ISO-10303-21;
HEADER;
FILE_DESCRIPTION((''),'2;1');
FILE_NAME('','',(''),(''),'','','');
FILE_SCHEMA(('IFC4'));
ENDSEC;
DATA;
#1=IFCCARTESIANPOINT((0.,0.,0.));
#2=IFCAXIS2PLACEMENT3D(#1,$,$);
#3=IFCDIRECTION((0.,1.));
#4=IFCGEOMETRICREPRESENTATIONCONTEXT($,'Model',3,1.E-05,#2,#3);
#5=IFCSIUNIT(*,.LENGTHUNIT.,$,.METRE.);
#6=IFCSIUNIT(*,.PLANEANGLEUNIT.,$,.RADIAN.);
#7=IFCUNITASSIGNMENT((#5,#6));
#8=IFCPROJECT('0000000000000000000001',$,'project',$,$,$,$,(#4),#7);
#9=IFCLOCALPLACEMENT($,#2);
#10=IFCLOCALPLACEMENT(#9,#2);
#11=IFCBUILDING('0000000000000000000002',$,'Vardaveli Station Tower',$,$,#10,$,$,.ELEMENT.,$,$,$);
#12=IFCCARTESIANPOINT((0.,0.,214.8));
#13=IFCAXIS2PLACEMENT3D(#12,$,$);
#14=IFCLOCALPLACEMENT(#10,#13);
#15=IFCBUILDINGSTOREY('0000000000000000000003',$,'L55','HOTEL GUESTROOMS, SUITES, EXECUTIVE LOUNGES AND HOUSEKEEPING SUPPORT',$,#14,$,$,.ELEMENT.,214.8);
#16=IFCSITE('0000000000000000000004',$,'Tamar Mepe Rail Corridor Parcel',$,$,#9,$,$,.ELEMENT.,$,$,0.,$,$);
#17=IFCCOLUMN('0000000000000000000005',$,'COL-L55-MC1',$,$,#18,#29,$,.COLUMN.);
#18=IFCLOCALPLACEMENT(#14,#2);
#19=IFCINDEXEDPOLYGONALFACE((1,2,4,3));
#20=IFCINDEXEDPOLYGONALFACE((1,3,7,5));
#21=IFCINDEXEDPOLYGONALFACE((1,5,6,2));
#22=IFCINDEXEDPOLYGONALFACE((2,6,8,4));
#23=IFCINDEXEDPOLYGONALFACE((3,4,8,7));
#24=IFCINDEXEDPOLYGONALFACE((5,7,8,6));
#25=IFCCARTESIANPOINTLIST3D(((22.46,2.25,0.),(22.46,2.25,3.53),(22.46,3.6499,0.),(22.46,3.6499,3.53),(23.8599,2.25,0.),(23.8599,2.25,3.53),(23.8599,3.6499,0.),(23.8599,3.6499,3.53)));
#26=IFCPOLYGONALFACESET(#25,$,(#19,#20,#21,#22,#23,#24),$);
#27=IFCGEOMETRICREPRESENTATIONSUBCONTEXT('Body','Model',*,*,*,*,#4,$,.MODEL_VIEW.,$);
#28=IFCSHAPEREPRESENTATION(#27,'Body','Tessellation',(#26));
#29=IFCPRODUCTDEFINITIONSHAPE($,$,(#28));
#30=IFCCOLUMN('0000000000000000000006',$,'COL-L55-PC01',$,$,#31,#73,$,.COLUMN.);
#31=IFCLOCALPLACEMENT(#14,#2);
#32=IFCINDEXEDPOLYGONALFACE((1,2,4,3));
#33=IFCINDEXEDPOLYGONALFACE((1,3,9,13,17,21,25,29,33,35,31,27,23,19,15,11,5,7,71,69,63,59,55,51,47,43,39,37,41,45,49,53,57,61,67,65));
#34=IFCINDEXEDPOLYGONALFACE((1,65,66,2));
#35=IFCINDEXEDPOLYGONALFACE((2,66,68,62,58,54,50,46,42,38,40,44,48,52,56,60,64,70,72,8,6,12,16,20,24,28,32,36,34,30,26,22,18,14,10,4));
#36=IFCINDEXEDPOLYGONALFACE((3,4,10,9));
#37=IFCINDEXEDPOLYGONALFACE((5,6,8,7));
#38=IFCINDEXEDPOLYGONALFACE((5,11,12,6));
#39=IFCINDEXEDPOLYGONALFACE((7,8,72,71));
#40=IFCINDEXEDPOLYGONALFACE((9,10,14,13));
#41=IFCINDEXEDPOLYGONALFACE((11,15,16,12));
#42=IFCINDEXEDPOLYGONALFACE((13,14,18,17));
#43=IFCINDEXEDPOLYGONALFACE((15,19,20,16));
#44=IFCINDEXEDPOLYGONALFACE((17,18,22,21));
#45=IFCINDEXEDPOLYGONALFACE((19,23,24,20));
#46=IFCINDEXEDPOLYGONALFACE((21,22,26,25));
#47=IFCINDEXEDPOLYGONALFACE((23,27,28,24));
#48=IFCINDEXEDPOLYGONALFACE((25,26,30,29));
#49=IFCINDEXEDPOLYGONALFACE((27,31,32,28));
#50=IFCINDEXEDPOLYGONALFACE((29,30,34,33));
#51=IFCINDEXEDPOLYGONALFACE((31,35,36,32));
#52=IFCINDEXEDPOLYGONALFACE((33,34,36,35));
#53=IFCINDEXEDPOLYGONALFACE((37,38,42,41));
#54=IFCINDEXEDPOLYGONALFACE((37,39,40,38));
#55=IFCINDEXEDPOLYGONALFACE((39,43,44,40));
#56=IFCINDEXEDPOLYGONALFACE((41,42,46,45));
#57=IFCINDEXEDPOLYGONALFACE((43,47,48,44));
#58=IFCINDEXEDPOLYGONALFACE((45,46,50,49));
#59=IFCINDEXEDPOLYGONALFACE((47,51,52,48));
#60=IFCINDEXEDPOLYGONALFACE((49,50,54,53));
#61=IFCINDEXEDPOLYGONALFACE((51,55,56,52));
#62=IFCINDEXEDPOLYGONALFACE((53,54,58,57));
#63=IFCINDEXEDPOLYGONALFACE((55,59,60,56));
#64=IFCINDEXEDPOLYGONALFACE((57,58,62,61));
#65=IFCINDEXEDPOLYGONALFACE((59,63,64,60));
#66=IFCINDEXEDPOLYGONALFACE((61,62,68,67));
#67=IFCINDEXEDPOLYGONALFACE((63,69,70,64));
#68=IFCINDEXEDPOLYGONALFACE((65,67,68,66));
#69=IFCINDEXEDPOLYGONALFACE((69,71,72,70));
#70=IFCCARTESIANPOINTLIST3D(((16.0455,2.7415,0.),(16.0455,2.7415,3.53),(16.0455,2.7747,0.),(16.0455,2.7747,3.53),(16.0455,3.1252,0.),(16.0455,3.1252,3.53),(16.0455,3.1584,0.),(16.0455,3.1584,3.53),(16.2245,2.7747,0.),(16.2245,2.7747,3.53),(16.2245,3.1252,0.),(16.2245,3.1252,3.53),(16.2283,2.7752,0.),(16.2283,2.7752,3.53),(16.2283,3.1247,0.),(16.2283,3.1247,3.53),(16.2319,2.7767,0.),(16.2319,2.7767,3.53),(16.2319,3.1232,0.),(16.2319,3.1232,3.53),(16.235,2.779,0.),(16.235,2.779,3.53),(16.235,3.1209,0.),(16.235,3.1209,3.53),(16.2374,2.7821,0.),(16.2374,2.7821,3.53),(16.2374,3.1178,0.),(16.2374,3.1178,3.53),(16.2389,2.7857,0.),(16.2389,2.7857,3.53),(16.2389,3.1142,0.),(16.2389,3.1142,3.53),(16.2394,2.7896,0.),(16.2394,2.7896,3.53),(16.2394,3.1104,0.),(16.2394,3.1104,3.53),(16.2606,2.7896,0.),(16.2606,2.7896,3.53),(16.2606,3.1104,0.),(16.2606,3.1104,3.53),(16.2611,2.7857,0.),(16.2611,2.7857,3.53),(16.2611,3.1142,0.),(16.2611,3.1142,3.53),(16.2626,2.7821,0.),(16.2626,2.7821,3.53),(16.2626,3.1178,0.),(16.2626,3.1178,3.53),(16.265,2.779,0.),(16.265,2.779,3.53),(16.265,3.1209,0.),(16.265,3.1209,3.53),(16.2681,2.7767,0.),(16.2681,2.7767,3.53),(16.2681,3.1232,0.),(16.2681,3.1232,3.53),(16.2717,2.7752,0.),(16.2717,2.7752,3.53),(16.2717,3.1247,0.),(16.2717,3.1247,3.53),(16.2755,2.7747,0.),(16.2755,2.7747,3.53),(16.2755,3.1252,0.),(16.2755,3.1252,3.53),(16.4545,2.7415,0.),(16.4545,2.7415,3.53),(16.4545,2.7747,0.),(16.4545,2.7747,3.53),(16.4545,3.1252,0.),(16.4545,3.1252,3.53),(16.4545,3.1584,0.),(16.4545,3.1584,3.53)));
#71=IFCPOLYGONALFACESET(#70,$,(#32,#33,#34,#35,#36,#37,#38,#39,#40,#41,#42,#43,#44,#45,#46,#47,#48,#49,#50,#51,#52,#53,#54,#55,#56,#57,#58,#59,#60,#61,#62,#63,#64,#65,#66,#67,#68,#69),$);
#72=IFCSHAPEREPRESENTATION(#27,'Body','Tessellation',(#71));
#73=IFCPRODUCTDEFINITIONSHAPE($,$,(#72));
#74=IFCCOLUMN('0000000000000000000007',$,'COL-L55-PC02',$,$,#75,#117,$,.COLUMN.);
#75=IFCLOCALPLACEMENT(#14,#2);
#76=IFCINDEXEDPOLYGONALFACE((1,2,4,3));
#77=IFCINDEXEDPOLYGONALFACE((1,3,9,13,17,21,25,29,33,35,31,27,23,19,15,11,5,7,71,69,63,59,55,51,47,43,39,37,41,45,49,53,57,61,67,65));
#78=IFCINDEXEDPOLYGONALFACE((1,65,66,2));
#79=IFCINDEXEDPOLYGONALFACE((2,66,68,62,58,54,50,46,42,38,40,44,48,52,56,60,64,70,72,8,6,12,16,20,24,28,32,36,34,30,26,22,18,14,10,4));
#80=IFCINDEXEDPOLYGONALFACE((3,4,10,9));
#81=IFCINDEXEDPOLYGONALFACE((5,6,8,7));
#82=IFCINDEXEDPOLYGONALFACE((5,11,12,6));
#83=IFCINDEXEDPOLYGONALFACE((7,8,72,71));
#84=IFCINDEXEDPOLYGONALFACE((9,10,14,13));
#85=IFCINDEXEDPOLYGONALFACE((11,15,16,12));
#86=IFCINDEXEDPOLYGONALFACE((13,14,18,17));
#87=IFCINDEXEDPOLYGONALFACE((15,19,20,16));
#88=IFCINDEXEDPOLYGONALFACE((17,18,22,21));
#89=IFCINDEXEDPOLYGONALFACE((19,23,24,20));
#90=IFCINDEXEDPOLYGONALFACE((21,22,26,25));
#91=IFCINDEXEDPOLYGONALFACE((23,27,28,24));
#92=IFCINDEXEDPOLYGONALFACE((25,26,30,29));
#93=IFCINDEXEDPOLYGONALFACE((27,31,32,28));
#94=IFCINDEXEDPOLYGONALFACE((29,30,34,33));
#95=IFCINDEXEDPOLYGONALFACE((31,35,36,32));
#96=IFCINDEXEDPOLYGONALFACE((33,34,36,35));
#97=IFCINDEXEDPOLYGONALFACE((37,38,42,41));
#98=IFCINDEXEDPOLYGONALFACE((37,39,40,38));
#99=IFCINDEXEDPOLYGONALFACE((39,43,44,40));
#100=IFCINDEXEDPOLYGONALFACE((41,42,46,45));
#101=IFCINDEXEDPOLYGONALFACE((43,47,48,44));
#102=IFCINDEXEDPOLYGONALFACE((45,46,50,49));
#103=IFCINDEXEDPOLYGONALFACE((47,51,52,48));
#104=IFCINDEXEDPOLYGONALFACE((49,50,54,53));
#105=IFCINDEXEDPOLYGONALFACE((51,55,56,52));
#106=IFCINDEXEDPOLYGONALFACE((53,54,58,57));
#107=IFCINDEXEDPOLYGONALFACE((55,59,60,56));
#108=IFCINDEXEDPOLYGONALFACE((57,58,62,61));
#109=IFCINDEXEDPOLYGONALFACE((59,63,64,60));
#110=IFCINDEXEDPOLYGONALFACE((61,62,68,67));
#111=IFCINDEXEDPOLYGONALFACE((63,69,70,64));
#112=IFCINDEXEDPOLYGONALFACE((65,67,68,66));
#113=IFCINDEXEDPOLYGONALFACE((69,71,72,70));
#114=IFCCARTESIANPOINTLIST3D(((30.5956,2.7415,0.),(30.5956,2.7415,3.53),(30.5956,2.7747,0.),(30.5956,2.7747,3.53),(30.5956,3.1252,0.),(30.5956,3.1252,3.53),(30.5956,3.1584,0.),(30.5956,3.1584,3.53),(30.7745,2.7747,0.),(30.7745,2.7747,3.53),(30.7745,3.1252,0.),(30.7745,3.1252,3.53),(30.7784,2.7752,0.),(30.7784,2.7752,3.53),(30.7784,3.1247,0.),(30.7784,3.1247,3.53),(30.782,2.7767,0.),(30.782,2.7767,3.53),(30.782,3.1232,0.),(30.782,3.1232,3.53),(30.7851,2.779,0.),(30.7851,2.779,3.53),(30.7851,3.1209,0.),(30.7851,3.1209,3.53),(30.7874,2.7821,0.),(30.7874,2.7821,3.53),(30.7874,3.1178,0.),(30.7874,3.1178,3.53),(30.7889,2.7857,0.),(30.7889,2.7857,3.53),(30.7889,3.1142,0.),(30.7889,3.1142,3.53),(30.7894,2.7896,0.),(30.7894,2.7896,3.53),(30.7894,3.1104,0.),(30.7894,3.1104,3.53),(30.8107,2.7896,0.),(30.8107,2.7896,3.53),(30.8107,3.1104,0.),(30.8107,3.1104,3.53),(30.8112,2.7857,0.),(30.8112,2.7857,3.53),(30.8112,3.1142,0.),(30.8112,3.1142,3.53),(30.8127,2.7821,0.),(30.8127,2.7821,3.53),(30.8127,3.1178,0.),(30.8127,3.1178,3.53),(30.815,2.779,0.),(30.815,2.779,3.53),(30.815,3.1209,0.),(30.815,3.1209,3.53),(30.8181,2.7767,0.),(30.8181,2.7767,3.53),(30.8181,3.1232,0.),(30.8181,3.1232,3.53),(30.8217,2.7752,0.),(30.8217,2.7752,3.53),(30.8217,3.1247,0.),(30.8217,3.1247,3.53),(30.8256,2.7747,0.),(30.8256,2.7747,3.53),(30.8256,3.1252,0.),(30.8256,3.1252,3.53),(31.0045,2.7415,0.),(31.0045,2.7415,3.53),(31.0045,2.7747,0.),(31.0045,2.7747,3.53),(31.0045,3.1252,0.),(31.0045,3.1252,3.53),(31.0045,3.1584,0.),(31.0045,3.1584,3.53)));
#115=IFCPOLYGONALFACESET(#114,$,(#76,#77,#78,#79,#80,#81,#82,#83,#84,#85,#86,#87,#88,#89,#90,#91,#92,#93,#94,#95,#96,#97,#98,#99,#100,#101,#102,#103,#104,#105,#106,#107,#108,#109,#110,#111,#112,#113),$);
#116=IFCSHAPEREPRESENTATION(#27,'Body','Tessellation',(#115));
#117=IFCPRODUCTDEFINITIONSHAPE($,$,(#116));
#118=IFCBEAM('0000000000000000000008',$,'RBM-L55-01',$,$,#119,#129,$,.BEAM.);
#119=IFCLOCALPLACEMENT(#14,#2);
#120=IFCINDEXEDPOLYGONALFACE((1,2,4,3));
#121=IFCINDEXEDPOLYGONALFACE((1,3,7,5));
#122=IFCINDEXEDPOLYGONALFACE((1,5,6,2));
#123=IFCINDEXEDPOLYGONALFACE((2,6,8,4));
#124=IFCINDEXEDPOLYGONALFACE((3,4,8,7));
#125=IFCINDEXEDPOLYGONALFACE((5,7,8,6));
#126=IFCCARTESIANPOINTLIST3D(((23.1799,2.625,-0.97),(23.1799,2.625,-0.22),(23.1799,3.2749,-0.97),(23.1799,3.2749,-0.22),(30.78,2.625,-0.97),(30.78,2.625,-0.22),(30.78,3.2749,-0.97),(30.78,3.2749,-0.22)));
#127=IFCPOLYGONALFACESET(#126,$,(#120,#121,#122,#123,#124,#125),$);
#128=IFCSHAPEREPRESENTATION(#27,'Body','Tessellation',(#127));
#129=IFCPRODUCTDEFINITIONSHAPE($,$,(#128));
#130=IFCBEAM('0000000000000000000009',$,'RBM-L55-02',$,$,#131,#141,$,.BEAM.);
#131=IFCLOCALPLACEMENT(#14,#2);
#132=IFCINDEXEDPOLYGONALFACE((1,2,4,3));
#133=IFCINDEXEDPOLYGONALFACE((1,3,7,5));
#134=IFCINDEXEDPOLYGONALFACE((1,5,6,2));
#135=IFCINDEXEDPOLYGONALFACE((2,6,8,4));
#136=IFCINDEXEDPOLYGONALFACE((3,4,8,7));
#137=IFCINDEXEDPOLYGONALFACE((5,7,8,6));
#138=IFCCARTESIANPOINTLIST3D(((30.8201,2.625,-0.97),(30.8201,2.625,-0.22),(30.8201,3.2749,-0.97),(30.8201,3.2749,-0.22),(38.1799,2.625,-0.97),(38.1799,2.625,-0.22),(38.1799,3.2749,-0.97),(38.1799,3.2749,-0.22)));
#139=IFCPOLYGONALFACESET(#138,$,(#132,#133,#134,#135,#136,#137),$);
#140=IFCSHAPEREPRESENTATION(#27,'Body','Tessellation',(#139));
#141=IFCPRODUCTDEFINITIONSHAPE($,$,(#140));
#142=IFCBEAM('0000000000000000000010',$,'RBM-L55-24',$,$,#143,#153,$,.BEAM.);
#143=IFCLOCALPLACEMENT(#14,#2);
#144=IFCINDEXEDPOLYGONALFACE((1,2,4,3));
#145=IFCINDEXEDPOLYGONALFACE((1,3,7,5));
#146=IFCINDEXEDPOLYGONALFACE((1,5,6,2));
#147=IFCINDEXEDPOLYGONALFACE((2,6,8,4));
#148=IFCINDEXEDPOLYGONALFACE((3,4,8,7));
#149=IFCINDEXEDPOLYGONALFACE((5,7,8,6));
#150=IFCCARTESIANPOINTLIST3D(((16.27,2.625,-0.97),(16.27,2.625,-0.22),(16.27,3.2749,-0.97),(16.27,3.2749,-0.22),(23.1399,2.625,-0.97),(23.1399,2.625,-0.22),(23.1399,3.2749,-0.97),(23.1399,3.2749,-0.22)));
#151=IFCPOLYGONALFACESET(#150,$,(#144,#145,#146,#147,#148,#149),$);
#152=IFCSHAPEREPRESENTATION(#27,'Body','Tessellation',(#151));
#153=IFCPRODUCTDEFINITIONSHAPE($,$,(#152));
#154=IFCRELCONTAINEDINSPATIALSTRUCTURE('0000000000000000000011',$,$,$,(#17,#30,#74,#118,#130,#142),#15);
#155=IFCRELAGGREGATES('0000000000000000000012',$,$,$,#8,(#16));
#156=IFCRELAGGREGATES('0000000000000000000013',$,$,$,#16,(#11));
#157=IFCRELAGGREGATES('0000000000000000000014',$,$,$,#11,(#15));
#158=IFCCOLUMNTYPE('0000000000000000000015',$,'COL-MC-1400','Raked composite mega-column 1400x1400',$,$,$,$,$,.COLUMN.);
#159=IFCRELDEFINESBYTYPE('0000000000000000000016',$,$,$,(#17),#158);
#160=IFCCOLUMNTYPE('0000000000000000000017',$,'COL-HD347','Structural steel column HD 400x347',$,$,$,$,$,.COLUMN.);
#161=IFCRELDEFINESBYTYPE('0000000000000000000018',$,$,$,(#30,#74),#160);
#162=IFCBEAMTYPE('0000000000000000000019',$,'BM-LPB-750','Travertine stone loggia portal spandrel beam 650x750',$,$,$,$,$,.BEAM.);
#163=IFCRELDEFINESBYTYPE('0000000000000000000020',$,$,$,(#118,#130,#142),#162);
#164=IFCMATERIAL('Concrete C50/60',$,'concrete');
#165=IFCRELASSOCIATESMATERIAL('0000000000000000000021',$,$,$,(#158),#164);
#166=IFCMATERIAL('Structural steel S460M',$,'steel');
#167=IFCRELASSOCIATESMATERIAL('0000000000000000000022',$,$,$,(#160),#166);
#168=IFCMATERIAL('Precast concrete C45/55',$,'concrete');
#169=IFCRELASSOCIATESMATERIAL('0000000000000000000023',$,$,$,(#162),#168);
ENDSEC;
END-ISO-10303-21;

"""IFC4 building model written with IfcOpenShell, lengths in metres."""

from ifc_helpers import new_model, si_unit, direction, frame, origin, origin_2d, place, context, subcontext, project, spatial, rectangle, i_section, extrude, source, transform, mapped, material, material_profile, profile_set, type_object, element, save


model = new_model("IFC4")

# Units and contexts
model_context = context("Model", 3, precision=1e-05, world=origin(), true_north=direction((0.0, 1.0)))
body_context = subcontext(model_context, "Body", "Model", "MODEL_VIEW")
ifc_project = project(units=[si_unit("LENGTHUNIT", "METRE"), si_unit("PLANEANGLEUNIT", "RADIAN")], contexts=[model_context])

# Site, building, storey
site_placement = place(None, origin())
site = spatial("IfcSite", under=ifc_project, at=site_placement, Name="Tamar Mepe Rail Corridor Parcel", CompositionType="ELEMENT", RefElevation=0.0)
building_placement = place(site_placement, origin())
building = spatial("IfcBuilding", under=site, at=building_placement, Name="Vardaveli Station Tower", CompositionType="ELEMENT")
storey_placement = place(building_placement, frame((0.0, 0.0, 214.8)))
storey = spatial("IfcBuildingStorey", under=building, at=storey_placement, Name="L55", Description="HOTEL GUESTROOMS, SUITES, EXECUTIVE LOUNGES AND HOUSEKEEPING SUPPORT", CompositionType="ELEMENT", Elevation=214.8)

# Columns
ifc_material_1 = material(Name="Concrete C50/60", Category="concrete")
ifc_material_profile_1 = material_profile(ifc_material_1, rectangle(XDim=1.3999, YDim=1.3999, at=origin_2d()), Name="MC 1400x1400")
ifc_profile_set_1 = profile_set([ifc_material_profile_1], Name="Concrete C50/60")
column_type_1 = type_object("IfcColumnType", Name="COL-MC-1400", Description="Raked composite mega-column 1400x1400", PredefinedType="COLUMN", material=ifc_profile_set_1)
shared_shape_1 = source(origin(), body_context, "Body", "SweptSolid", [
    extrude(rectangle(XDim=1.3999, YDim=1.3999, at=origin_2d()), origin(), (0.0, 0.0, 1.0), 3.53),
])
column_placement = place(storey_placement, frame((23.1599, 2.95, 0.0), z_axis=(0.0, 0.0, 1.0), x_axis=(1.0, 0.0, 0.0)))
element("IfcColumn", 1, at=column_placement, inside=storey, type_object=column_type_1, Name="COL-L55-MC1", PredefinedType="COLUMN", context=body_context, shape_type="MappedRepresentation", body=[
    mapped(shared_shape_1, transform((0.0, 0.0, 0.0), scale=1.0)),
])
ifc_material_2 = material(Name="Structural steel S460M", Category="steel")
ifc_material_profile_2 = material_profile(ifc_material_2, i_section(OverallWidth=0.4089, OverallDepth=0.417, WebThickness=0.0212, FlangeThickness=0.0332, FilletRadius=0.0149, at=origin_2d()), Name="HD 400x347")
ifc_profile_set_2 = profile_set([ifc_material_profile_2], Name="Structural steel S460M")
column_type_2 = type_object("IfcColumnType", Name="COL-HD347", Description="Structural steel column HD 400x347", PredefinedType="COLUMN", material=ifc_profile_set_2)
shared_shape_2 = source(origin(), body_context, "Body", "SweptSolid", [
    extrude(i_section(OverallWidth=0.4089, OverallDepth=0.417, WebThickness=0.0212, FlangeThickness=0.0332, FilletRadius=0.0149, at=origin_2d()), origin(), (0.0, 0.0, 1.0), 3.53),
])
for number, where, z_axis, x_axis, name in (
    (2, (16.25, 2.95, 0.0), (0.0, 0.0, 1.0), (1.0, 0.0, 0.0), "COL-L55-PC01"),
    (3, (30.8, 2.95, 0.0), (0.0, 0.0, 1.0), (1.0, 0.0, 0.0), "COL-L55-PC02"),
):
    element("IfcColumn", number, at=place(storey_placement, frame(where, z_axis=z_axis, x_axis=x_axis)), inside=storey, type_object=column_type_2, Name=name, PredefinedType="COLUMN", context=body_context, shape_type="MappedRepresentation", body=[
        mapped(shared_shape_2, transform((0.0, 0.0, 0.0), scale=1.0)),
    ])

# Beams
ifc_material_3 = material(Name="Precast concrete C45/55", Category="concrete")
ifc_material_profile_3 = material_profile(ifc_material_3, rectangle(XDim=0.6499, YDim=0.75, at=origin_2d()), Name="LPB 650x750")
ifc_profile_set_3 = profile_set([ifc_material_profile_3], Name="Precast concrete C45/55")
beam_type_1 = type_object("IfcBeamType", Name="BM-LPB-750", Description="Travertine stone loggia portal spandrel beam 650x750", PredefinedType="BEAM", material=ifc_profile_set_3)
shared_shape_3 = source(origin(), body_context, "Body", "SweptSolid", [
    extrude(rectangle(XDim=0.6499, YDim=0.75, at=origin_2d()), origin(), (0.0, 0.0, 1.0), 7.6001),
])
beam_1_placement = place(storey_placement, frame((23.1799, 2.95, -0.595), z_axis=(1.0, 0.0, 0.0), x_axis=(0.0, 1.0, 0.0)))
element("IfcBeam", 4, at=beam_1_placement, inside=storey, type_object=beam_type_1, Name="RBM-L55-01", PredefinedType="BEAM", context=body_context, shape_type="MappedRepresentation", body=[
    mapped(shared_shape_3, transform((0.0, 0.0, 0.0), scale=1.0)),
])
shared_shape_4 = source(origin(), body_context, "Body", "SweptSolid", [
    extrude(rectangle(XDim=0.6499, YDim=0.75, at=origin_2d()), origin(), (0.0, 0.0, 1.0), 7.3599),
])
beam_2_placement = place(storey_placement, frame((30.8201, 2.95, -0.595), z_axis=(1.0, 0.0, 0.0), x_axis=(0.0, 1.0, 0.0)))
element("IfcBeam", 5, at=beam_2_placement, inside=storey, type_object=beam_type_1, Name="RBM-L55-02", PredefinedType="BEAM", context=body_context, shape_type="MappedRepresentation", body=[
    mapped(shared_shape_4, transform((0.0, 0.0, 0.0), scale=1.0)),
])
shared_shape_5 = source(origin(), body_context, "Body", "SweptSolid", [
    extrude(rectangle(XDim=0.6499, YDim=0.75, at=origin_2d()), origin(), (0.0, 0.0, 1.0), 6.8699),
])
beam_3_placement = place(storey_placement, frame((16.27, 2.95, -0.595), z_axis=(1.0, 0.0, 0.0), x_axis=(0.0, 1.0, 0.0)))
element("IfcBeam", 6, at=beam_3_placement, inside=storey, type_object=beam_type_1, Name="RBM-L55-24", PredefinedType="BEAM", context=body_context, shape_type="MappedRepresentation", body=[
    mapped(shared_shape_5, transform((0.0, 0.0, 0.0), scale=1.0)),
])

save(model, "model.ifc")
